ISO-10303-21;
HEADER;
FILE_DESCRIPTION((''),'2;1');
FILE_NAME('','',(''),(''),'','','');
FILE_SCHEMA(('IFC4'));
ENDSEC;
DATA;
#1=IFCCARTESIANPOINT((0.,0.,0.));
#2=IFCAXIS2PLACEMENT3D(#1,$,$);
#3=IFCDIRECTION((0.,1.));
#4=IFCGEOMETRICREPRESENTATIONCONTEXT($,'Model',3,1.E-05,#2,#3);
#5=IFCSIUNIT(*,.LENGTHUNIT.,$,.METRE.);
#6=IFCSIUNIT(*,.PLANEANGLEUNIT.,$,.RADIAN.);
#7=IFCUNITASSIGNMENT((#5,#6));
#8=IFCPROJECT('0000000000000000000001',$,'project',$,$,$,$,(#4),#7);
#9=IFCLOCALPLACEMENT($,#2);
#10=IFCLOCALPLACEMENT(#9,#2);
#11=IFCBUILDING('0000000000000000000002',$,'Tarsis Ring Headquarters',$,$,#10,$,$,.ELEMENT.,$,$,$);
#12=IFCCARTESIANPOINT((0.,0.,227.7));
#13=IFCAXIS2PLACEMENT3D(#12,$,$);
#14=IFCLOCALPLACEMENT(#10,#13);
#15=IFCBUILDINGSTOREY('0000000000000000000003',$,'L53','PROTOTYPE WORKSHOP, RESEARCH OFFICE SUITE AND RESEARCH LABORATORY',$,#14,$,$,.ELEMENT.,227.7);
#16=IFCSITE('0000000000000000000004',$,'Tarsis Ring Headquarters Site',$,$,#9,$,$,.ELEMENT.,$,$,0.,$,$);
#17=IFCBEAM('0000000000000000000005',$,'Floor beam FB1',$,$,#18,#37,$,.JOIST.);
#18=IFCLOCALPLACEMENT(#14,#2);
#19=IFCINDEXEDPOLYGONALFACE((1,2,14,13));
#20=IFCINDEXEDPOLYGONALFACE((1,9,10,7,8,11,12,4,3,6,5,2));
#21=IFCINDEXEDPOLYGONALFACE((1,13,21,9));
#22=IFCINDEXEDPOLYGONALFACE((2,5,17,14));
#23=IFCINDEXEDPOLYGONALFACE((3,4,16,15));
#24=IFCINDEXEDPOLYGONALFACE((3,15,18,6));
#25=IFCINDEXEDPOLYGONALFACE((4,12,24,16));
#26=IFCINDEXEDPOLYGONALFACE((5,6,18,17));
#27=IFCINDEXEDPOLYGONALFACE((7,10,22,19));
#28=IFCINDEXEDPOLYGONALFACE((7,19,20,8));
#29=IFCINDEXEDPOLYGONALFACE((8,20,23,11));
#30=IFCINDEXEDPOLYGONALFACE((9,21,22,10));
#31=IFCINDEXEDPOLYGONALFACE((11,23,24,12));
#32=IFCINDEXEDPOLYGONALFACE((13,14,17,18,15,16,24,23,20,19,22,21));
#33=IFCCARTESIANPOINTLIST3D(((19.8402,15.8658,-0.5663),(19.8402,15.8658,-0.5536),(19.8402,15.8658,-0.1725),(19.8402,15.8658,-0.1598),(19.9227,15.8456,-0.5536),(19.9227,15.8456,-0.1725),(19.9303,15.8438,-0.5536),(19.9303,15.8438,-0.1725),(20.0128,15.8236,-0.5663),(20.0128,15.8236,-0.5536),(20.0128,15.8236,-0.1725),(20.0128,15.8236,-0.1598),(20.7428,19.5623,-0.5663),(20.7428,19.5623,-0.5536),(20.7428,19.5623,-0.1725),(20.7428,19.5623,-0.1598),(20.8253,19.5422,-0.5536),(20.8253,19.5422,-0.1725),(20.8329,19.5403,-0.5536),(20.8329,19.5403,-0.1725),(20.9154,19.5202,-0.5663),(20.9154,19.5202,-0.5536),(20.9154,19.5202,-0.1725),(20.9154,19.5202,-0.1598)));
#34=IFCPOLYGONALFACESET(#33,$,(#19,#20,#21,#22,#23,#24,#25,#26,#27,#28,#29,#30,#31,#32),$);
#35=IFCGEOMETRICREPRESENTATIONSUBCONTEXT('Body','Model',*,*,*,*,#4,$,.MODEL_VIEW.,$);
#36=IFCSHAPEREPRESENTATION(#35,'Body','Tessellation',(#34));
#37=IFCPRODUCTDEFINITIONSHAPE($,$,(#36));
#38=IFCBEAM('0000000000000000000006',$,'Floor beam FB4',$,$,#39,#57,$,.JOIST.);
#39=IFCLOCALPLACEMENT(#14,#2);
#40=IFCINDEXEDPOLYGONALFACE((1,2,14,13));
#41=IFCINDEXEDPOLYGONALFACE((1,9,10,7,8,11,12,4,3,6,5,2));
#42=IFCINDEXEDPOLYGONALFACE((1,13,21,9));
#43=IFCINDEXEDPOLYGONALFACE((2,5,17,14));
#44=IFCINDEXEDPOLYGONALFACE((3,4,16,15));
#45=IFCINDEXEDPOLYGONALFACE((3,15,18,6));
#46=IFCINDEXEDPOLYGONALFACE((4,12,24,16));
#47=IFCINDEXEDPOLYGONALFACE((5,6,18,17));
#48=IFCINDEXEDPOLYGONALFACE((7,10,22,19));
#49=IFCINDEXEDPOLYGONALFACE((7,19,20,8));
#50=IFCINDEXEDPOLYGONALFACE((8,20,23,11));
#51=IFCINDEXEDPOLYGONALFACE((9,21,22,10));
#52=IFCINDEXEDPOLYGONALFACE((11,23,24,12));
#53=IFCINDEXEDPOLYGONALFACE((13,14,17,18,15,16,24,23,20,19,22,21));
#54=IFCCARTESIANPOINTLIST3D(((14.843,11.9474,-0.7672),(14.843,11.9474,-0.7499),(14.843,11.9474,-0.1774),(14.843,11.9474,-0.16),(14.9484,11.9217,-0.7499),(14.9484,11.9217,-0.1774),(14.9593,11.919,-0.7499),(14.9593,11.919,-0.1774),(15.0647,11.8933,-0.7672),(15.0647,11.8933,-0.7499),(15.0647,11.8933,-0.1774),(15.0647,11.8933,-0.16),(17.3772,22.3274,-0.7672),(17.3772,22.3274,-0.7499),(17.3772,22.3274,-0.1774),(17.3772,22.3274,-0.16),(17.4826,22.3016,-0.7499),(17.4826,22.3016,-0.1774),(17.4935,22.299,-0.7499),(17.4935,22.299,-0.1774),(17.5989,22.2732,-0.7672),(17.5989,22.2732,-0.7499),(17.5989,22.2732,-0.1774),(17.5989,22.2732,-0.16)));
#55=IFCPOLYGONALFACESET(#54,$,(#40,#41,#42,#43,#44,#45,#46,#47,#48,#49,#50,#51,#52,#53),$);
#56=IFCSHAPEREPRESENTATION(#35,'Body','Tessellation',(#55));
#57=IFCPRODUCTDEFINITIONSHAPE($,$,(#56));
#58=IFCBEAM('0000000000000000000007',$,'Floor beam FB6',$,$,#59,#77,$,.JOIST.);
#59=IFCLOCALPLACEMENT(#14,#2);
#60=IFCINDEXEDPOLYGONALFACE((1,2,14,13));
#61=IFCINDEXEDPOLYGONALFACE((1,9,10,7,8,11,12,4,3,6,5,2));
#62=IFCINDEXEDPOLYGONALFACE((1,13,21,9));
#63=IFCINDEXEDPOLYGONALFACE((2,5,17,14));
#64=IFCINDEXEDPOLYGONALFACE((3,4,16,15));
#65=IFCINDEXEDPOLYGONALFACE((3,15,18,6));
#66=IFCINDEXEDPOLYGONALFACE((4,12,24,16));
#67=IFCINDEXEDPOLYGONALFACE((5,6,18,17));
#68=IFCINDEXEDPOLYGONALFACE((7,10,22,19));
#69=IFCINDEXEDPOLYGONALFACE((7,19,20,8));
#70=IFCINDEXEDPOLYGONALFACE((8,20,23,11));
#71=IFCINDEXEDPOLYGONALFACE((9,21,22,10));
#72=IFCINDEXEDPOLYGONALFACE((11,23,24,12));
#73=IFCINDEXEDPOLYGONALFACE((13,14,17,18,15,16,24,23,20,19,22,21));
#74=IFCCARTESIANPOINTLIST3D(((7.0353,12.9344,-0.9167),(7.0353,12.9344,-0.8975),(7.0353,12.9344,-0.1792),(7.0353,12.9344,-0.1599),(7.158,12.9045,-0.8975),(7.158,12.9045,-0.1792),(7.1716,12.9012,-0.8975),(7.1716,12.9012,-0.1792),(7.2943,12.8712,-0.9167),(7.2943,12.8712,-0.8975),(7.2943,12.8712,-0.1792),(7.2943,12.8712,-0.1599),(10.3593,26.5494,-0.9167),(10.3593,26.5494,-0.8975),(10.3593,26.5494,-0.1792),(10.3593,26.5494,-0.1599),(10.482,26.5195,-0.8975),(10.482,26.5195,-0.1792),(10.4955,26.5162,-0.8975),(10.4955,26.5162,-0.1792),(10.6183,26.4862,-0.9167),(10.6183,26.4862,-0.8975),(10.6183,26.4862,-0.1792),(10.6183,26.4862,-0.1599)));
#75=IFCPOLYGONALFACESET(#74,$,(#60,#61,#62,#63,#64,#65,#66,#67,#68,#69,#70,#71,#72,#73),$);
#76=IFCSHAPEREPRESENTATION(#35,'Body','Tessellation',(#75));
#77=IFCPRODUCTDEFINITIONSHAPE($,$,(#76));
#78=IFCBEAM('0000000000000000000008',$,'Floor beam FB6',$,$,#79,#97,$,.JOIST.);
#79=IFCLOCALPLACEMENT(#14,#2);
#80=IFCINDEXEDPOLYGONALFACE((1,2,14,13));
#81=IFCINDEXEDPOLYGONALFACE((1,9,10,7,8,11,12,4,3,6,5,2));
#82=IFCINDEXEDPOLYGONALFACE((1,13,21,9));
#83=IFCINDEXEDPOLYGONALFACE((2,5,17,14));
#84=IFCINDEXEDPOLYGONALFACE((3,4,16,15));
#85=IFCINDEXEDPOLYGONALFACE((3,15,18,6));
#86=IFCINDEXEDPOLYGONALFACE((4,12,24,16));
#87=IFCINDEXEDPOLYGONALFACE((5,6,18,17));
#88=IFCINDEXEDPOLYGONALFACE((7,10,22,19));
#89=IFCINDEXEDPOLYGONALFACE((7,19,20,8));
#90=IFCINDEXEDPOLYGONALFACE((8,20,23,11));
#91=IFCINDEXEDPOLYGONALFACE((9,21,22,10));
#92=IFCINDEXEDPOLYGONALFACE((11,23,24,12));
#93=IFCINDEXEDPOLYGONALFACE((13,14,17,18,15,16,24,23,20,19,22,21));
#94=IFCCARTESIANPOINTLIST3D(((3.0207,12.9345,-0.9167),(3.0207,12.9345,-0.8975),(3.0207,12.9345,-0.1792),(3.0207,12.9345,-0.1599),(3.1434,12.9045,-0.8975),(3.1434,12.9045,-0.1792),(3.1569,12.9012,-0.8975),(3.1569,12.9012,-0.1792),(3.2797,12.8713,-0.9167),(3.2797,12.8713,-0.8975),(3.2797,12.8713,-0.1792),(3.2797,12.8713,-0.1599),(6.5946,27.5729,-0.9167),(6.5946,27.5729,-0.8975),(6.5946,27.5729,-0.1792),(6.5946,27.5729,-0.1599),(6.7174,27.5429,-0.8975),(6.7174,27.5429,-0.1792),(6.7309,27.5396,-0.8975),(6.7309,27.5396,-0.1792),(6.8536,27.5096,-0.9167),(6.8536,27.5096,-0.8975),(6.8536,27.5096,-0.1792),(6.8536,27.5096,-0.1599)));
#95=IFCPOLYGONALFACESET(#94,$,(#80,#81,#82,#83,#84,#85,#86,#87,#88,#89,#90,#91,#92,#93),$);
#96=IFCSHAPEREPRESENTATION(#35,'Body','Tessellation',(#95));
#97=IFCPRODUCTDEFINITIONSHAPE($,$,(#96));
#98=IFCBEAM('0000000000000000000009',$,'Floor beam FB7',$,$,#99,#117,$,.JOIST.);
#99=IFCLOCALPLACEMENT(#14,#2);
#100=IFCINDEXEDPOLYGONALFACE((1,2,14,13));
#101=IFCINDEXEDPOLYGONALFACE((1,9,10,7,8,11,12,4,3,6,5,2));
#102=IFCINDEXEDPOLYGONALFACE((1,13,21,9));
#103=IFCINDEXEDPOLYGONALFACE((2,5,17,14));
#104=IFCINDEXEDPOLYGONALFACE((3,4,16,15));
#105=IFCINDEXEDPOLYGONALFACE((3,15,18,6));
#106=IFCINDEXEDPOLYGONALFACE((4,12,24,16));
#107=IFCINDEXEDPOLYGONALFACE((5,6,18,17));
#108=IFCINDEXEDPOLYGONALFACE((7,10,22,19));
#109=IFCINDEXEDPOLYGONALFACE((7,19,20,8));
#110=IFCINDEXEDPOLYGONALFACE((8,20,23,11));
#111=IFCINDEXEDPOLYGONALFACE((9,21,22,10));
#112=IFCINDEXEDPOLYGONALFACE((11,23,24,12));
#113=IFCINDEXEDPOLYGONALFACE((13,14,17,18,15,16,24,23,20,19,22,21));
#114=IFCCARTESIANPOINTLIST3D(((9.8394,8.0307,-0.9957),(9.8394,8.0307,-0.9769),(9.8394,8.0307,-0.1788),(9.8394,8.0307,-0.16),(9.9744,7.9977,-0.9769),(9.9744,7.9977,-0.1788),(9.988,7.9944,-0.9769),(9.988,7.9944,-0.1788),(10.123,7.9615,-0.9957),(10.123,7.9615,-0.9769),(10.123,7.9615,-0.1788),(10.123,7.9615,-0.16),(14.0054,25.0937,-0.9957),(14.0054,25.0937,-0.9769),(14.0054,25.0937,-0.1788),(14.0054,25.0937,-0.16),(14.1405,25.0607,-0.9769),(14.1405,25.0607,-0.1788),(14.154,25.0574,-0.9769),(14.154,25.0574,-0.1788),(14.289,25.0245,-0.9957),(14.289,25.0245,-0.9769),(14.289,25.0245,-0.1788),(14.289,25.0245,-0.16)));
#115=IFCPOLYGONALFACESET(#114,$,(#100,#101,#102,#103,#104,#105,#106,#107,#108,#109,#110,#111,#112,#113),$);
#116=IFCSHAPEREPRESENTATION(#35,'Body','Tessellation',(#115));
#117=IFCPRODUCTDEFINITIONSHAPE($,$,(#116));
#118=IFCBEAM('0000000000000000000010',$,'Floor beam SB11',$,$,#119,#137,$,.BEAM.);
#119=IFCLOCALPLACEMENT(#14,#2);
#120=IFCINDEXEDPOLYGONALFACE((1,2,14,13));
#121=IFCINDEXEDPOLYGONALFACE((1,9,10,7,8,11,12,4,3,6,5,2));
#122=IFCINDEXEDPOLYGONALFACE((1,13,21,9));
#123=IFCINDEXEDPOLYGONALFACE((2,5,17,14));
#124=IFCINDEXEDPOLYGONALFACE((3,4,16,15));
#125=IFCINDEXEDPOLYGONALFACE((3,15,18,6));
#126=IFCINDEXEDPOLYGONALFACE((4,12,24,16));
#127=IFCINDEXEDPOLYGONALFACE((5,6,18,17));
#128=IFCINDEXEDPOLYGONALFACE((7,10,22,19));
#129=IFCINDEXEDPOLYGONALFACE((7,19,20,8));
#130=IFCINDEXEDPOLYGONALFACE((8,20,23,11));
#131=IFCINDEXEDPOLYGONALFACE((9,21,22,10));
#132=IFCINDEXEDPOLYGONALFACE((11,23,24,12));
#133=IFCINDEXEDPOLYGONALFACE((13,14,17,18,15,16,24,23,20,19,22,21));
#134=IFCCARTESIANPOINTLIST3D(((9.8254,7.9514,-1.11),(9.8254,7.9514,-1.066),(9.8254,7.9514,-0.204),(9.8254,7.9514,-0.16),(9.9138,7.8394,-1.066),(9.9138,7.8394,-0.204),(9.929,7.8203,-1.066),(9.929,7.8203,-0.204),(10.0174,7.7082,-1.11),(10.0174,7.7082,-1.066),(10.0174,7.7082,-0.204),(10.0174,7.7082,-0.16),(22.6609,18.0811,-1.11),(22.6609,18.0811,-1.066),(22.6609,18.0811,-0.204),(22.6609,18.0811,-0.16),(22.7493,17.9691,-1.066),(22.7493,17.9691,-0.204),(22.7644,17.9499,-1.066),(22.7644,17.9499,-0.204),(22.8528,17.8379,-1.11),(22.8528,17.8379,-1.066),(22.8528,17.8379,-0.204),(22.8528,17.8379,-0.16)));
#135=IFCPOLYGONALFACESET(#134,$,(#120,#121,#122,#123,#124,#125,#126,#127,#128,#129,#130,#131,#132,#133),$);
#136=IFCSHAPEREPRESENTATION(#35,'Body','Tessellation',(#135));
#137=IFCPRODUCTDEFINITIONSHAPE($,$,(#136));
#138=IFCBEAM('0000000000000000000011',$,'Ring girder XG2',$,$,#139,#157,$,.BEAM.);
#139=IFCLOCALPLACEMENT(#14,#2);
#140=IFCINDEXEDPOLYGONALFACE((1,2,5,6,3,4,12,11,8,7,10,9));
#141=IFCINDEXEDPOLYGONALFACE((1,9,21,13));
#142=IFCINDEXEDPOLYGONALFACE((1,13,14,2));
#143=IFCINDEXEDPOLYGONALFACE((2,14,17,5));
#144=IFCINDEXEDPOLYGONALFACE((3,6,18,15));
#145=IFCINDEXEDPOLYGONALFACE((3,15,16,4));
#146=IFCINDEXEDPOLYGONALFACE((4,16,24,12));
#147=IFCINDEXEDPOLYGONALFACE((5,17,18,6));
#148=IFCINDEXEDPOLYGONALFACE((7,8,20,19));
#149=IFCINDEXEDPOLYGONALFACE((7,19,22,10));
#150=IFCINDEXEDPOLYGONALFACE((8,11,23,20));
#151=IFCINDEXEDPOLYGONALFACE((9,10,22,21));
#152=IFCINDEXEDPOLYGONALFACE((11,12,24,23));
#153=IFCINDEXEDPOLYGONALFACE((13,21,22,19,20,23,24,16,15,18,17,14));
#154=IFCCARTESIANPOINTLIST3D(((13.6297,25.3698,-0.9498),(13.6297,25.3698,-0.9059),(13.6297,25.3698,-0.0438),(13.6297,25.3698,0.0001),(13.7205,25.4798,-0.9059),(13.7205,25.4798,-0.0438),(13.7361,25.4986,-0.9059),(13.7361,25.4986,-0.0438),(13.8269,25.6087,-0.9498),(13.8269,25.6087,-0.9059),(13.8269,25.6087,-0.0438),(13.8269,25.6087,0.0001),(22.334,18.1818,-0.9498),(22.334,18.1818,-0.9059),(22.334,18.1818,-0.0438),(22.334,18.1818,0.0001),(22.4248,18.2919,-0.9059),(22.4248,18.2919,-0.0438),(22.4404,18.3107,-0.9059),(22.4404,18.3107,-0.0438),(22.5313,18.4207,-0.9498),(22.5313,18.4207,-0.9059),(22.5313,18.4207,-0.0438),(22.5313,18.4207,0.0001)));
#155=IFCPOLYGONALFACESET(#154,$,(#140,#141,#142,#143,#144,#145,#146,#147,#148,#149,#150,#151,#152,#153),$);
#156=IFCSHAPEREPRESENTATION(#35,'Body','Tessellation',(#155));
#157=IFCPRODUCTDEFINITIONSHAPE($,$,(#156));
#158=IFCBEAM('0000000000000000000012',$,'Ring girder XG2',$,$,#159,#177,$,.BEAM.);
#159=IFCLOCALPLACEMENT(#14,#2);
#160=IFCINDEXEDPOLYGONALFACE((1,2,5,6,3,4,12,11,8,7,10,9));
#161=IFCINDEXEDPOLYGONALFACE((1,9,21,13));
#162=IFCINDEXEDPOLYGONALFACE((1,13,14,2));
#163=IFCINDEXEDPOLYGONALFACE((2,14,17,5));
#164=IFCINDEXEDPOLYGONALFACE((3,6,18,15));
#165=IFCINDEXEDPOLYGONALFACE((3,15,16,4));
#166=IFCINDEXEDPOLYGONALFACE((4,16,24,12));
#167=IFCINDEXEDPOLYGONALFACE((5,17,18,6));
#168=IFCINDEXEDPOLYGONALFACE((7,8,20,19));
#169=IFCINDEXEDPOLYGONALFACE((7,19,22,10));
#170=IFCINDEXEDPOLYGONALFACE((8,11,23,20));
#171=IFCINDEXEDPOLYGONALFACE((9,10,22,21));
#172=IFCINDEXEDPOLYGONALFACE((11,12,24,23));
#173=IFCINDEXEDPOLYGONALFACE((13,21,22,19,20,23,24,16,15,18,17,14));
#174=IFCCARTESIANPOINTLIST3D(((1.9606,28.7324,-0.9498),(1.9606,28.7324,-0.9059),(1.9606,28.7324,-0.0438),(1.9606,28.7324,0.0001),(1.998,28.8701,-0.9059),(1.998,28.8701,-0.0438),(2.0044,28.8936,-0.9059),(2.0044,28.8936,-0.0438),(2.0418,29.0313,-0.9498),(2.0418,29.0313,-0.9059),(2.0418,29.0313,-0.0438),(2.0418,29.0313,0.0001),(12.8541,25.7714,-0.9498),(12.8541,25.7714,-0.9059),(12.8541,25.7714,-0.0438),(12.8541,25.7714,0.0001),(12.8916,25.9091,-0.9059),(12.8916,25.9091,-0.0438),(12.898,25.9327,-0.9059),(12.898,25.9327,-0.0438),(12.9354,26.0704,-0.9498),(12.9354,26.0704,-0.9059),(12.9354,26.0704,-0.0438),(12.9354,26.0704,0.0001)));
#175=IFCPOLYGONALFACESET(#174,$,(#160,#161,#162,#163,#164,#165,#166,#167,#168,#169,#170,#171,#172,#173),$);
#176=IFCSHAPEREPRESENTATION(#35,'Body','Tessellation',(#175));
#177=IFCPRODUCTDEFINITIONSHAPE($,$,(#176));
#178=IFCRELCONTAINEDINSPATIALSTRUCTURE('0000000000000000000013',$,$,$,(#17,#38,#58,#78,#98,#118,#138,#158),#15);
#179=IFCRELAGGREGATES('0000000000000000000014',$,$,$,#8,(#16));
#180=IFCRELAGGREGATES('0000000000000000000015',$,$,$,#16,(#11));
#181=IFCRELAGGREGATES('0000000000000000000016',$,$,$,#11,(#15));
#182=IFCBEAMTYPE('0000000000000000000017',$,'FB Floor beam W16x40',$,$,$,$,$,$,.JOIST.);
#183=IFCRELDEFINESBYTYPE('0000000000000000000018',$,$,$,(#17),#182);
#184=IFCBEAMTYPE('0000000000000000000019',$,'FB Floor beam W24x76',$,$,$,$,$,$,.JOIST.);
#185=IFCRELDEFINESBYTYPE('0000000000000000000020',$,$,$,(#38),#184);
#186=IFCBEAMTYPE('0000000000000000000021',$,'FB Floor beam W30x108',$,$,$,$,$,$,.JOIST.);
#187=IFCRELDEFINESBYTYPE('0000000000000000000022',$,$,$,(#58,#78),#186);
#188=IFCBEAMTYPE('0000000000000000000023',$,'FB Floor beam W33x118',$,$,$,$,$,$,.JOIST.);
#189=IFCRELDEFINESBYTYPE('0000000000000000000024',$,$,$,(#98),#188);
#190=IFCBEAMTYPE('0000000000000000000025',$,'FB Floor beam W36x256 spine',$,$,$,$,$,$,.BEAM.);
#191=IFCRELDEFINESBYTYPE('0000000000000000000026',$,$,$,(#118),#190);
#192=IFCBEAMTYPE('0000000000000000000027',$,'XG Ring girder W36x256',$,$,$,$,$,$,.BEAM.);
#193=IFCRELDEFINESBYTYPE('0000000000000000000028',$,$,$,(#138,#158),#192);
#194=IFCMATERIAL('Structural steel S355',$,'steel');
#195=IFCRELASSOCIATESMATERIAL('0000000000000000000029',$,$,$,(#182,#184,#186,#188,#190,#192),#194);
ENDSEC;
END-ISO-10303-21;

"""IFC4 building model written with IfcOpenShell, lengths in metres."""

from ifc_helpers import new_model, si_unit, direction, frame, origin, origin_2d, place, context, subcontext, project, spatial, i_section, extrude, material, material_profile, profile_set, type_object, element, save


model = new_model("IFC4")

# Units and contexts
model_context = context("Model", 3, precision=1e-05, world=origin(), true_north=direction((0.0, 1.0)))
body_context = subcontext(model_context, "Body", "Model", "MODEL_VIEW")
ifc_project = project(units=[si_unit("LENGTHUNIT", "METRE"), si_unit("PLANEANGLEUNIT", "RADIAN")], contexts=[model_context])

# Site, building, storey
site_placement = place(None, origin())
site = spatial("IfcSite", under=ifc_project, at=site_placement, Name="Tarsis Ring Headquarters Site", CompositionType="ELEMENT", RefElevation=0.0)
building_placement = place(site_placement, origin())
building = spatial("IfcBuilding", under=site, at=building_placement, Name="Tarsis Ring Headquarters", CompositionType="ELEMENT")
storey_placement = place(building_placement, frame((0.0, 0.0, 227.7)))
storey = spatial("IfcBuildingStorey", under=building, at=storey_placement, Name="L53", Description="PROTOTYPE WORKSHOP, RESEARCH OFFICE SUITE AND RESEARCH LABORATORY", CompositionType="ELEMENT", Elevation=227.7)

# Shared definitions
ifc_material_1 = material(Name="Structural steel S355", Category="steel")

# Beams
ifc_material_profile_1 = material_profile(ifc_material_1, i_section(OverallWidth=0.1777, OverallDepth=0.4065, WebThickness=0.0078, FlangeThickness=0.0127, at=origin_2d()), Name="W16x40")
ifc_profile_set_1 = profile_set([ifc_material_profile_1], Name="Structural steel S355")
beam_type_1 = type_object("IfcBeamType", Name="FB Floor beam W16x40", PredefinedType="JOIST", material=ifc_profile_set_1)
for number, where, z_axis, x_axis, name in (
    (1, (20.8291, 19.5413, -0.363), (-0.237203, -0.97146, 0.0), (0.97146, -0.237203, 0.0), "Floor beam FB1"),
):
    element("IfcBeam", number, at=place(storey_placement, frame(where, z_axis=z_axis, x_axis=x_axis)), inside=storey, type_object=beam_type_1, Name=name, PredefinedType="JOIST", context=body_context, shape_type="SweptSolid", body=[
        extrude(i_section(OverallWidth=0.1777, OverallDepth=0.4065, WebThickness=0.0078, FlangeThickness=0.0127, at=origin_2d()), origin(), (0.0, 0.0, 1.0), 3.8052),
    ])
ifc_material_profile_2 = material_profile(ifc_material_1, i_section(OverallWidth=0.2283, OverallDepth=0.6072, WebThickness=0.0112, FlangeThickness=0.0173, at=origin_2d()), Name="W24x76")
ifc_profile_set_2 = profile_set([ifc_material_profile_2], Name="Structural steel S355")
beam_type_2 = type_object("IfcBeamType", Name="FB Floor beam W24x76", PredefinedType="JOIST", material=ifc_profile_set_2)
beam_1_placement = place(storey_placement, frame((17.488, 22.3003, -0.4636), z_axis=(-0.237177, -0.971466, 0.0), x_axis=(0.971466, -0.237177, 0.0)))
element("IfcBeam", 2, at=beam_1_placement, inside=storey, type_object=beam_type_2, Name="Floor beam FB4", PredefinedType="JOIST", context=body_context, shape_type="SweptSolid", body=[
    extrude(i_section(OverallWidth=0.2283, OverallDepth=0.6072, WebThickness=0.0112, FlangeThickness=0.0173, at=origin_2d()), origin(), (0.0, 0.0, 1.0), 10.6848),
])
ifc_material_profile_3 = material_profile(ifc_material_1, i_section(OverallWidth=0.2666, OverallDepth=0.7568, WebThickness=0.0139, FlangeThickness=0.0193, at=origin_2d()), Name="W30x108")
ifc_profile_set_3 = profile_set([ifc_material_profile_3], Name="Structural steel S355")
beam_type_3 = type_object("IfcBeamType", Name="FB Floor beam W30x108", PredefinedType="JOIST", material=ifc_profile_set_3)
beam_2_placement = place(storey_placement, frame((10.4888, 26.5178, -0.5383), z_axis=(-0.237175, -0.971467, 0.0), x_axis=(0.971467, -0.237175, 0.0)))
element("IfcBeam", 3, at=beam_2_placement, inside=storey, type_object=beam_type_3, Name="Floor beam FB6", PredefinedType="JOIST", context=body_context, shape_type="SweptSolid", body=[
    extrude(i_section(OverallWidth=0.2666, OverallDepth=0.7568, WebThickness=0.0139, FlangeThickness=0.0193, at=origin_2d()), origin(), (0.0, 0.0, 1.0), 14.0149),
])
beam_3_placement = place(storey_placement, frame((6.7241, 27.5413, -0.5383), z_axis=(-0.237183, -0.971465, 0.0), x_axis=(0.971465, -0.237183, 0.0)))
element("IfcBeam", 4, at=beam_3_placement, inside=storey, type_object=beam_type_3, Name="Floor beam FB6", PredefinedType="JOIST", context=body_context, shape_type="SweptSolid", body=[
    extrude(i_section(OverallWidth=0.2666, OverallDepth=0.7568, WebThickness=0.0139, FlangeThickness=0.0193, at=origin_2d()), origin(), (0.0, 0.0, 1.0), 15.0684),
])
ifc_material_profile_4 = material_profile(ifc_material_1, i_section(OverallWidth=0.292, OverallDepth=0.8357, WebThickness=0.0139, FlangeThickness=0.0188, at=origin_2d()), Name="W33x118")
ifc_profile_set_4 = profile_set([ifc_material_profile_4], Name="Structural steel S355")
beam_type_4 = type_object("IfcBeamType", Name="FB Floor beam W33x118", PredefinedType="JOIST", material=ifc_profile_set_4)
beam_4_placement = place(storey_placement, frame((14.1472, 25.0591, -0.5779), z_axis=(-0.237188, -0.971464, 0.0), x_axis=(0.971464, -0.237188, 0.0)))
element("IfcBeam", 5, at=beam_4_placement, inside=storey, type_object=beam_type_4, Name="Floor beam FB7", PredefinedType="JOIST", context=body_context, shape_type="SweptSolid", body=[
    extrude(i_section(OverallWidth=0.292, OverallDepth=0.8357, WebThickness=0.0139, FlangeThickness=0.0188, at=origin_2d()), origin(), (0.0, 0.0, 1.0), 17.5642),
])
ifc_material_profile_5 = material_profile(ifc_material_1, i_section(OverallWidth=0.3098, OverallDepth=0.95, WebThickness=0.0244, FlangeThickness=0.0439, at=origin_2d()), Name="W36x256")
ifc_profile_set_5 = profile_set([ifc_material_profile_5], Name="Structural steel S355")
beam_type_5 = type_object("IfcBeamType", Name="FB Floor beam W36x256 spine", PredefinedType="BEAM", material=ifc_profile_set_5)
beam_5_placement = place(storey_placement, frame((22.7568, 17.9595, -0.635), z_axis=(-0.78499, -0.619508, 0.0), x_axis=(0.619508, -0.78499, 0.0)))
element("IfcBeam", 6, at=beam_5_placement, inside=storey, type_object=beam_type_5, Name="Floor beam SB11", PredefinedType="BEAM", context=body_context, shape_type="SweptSolid", body=[
    extrude(i_section(OverallWidth=0.3098, OverallDepth=0.95, WebThickness=0.0244, FlangeThickness=0.0439, at=origin_2d()), origin(), (0.0, 0.0, 1.0), 16.3511),
])
beam_type_6 = type_object("IfcBeamType", Name="XG Ring girder W36x256", PredefinedType="BEAM", material=ifc_profile_set_5)
beam_6_placement = place(storey_placement, frame((22.4326, 18.3013, -0.4749), z_axis=(-0.771073, 0.636747, 0.0), x_axis=(-0.636747, -0.771073, 0.0)))
element("IfcBeam", 7, at=beam_6_placement, inside=storey, type_object=beam_type_6, Name="Ring girder XG2", PredefinedType="BEAM", context=body_context, shape_type="SweptSolid", body=[
    extrude(i_section(OverallWidth=0.3098, OverallDepth=0.95, WebThickness=0.0244, FlangeThickness=0.0439, at=origin_2d()), origin(), (0.0, 0.0, 1.0), 11.2886),
])
beam_7_placement = place(storey_placement, frame((12.8948, 25.9209, -0.4749), z_axis=(-0.964989, 0.26229, 0.0), x_axis=(-0.26229, -0.964989, 0.0)))
element("IfcBeam", 8, at=beam_7_placement, inside=storey, type_object=beam_type_6, Name="Ring girder XG2", PredefinedType="BEAM", context=body_context, shape_type="SweptSolid", body=[
    extrude(i_section(OverallWidth=0.3098, OverallDepth=0.95, WebThickness=0.0244, FlangeThickness=0.0439, at=origin_2d()), origin(), (0.0, 0.0, 1.0), 11.2888),
])

save(model, "model.ifc")
